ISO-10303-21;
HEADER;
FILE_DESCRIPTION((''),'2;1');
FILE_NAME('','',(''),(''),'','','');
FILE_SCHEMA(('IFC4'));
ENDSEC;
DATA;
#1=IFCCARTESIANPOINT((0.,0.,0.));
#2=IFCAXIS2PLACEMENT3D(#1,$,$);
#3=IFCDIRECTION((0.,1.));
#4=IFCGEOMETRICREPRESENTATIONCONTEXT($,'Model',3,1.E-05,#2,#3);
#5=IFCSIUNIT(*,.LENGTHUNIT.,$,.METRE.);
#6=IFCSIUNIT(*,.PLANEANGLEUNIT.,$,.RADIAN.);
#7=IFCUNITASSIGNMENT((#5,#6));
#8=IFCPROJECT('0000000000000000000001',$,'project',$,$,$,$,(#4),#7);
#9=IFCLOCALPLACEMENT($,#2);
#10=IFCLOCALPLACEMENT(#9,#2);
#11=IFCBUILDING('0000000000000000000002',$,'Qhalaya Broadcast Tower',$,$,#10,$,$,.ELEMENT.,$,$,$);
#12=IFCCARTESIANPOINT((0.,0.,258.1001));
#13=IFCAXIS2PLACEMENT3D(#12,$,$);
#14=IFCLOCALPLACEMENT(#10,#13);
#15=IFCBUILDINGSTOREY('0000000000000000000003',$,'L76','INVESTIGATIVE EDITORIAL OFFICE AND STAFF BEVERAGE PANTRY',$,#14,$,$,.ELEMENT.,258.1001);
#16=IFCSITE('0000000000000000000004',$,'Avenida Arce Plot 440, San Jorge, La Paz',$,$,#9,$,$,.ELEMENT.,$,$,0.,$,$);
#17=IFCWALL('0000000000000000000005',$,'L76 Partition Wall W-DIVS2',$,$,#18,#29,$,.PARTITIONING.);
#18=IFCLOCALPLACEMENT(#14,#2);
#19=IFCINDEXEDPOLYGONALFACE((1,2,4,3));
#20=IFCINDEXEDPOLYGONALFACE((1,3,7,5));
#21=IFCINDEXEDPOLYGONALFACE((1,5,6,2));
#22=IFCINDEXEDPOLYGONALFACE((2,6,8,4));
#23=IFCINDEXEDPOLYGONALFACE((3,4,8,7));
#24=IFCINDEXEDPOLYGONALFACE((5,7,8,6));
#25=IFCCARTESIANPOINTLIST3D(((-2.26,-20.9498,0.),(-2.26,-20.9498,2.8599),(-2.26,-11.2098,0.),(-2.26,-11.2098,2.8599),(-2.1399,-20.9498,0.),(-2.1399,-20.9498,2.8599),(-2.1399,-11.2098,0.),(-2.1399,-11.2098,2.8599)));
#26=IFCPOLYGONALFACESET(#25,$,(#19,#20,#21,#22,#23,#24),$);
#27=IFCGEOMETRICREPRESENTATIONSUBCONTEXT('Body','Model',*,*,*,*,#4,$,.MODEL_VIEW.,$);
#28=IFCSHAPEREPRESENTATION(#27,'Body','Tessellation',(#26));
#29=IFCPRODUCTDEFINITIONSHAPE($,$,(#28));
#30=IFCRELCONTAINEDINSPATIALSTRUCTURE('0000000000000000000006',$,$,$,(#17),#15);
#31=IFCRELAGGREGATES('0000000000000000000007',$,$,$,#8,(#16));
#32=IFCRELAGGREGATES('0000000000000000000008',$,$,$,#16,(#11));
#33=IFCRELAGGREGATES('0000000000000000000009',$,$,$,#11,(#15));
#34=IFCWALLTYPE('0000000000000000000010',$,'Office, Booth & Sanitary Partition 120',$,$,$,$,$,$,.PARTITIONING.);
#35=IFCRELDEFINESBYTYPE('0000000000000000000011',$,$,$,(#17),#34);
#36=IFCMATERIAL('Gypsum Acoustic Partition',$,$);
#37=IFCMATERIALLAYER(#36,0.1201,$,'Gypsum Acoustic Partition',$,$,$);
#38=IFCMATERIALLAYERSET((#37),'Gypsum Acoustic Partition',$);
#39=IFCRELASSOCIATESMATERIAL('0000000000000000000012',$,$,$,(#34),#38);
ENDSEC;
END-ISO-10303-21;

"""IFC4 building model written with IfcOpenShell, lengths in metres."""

from ifc_helpers import new_model, si_unit, direction, frame, frame_2d, origin, place, context, subcontext, project, spatial, rectangle, extrude, material, layer, layer_set, type_object, element, save


model = new_model("IFC4")

# Units and contexts
model_context = context("Model", 3, precision=1e-05, world=origin(), true_north=direction((0.0, 1.0)))
body_context = subcontext(model_context, "Body", "Model", "MODEL_VIEW")
ifc_project = project(units=[si_unit("LENGTHUNIT", "METRE"), si_unit("PLANEANGLEUNIT", "RADIAN")], contexts=[model_context])

# Site, building, storey
site_placement = place(None, origin())
site = spatial("IfcSite", under=ifc_project, at=site_placement, Name="Avenida Arce Plot 440, San Jorge, La Paz", CompositionType="ELEMENT", RefElevation=0.0)
building_placement = place(site_placement, origin())
building = spatial("IfcBuilding", under=site, at=building_placement, Name="Qhalaya Broadcast Tower", CompositionType="ELEMENT")
storey_placement = place(building_placement, frame((0.0, 0.0, 258.1001)))
storey = spatial("IfcBuildingStorey", under=building, at=storey_placement, Name="L76", Description="INVESTIGATIVE EDITORIAL OFFICE AND STAFF BEVERAGE PANTRY", CompositionType="ELEMENT", Elevation=258.1001)

# Shared definitions
ifc_material_1 = material(Name="Gypsum Acoustic Partition")

# Wall
ifc_layer_1 = layer(ifc_material_1, 0.1201, Name="Gypsum Acoustic Partition")
ifc_layer_set_1 = layer_set([ifc_layer_1], Name="Gypsum Acoustic Partition")
wall_type_1 = type_object("IfcWallType", Name="Office, Booth & Sanitary Partition 120", PredefinedType="PARTITIONING", material=ifc_layer_set_1)
wall_1_placement = place(storey_placement, frame((-2.2, -20.95, 0.0), z_axis=(0.0, 0.0, 1.0), x_axis=(0.0, 1.0, 0.0)))
element("IfcWall", 1, at=wall_1_placement, inside=storey, type_object=wall_type_1, Name="L76 Partition Wall W-DIVS2", PredefinedType="PARTITIONING", context=body_context, shape_type="SweptSolid", body=[
    extrude(rectangle(XDim=9.74, YDim=0.1201, at=frame_2d((4.8701, 0.0))), origin(), (0.0, 0.0, 1.0), 2.8599),
])

save(model, "model.ifc")
